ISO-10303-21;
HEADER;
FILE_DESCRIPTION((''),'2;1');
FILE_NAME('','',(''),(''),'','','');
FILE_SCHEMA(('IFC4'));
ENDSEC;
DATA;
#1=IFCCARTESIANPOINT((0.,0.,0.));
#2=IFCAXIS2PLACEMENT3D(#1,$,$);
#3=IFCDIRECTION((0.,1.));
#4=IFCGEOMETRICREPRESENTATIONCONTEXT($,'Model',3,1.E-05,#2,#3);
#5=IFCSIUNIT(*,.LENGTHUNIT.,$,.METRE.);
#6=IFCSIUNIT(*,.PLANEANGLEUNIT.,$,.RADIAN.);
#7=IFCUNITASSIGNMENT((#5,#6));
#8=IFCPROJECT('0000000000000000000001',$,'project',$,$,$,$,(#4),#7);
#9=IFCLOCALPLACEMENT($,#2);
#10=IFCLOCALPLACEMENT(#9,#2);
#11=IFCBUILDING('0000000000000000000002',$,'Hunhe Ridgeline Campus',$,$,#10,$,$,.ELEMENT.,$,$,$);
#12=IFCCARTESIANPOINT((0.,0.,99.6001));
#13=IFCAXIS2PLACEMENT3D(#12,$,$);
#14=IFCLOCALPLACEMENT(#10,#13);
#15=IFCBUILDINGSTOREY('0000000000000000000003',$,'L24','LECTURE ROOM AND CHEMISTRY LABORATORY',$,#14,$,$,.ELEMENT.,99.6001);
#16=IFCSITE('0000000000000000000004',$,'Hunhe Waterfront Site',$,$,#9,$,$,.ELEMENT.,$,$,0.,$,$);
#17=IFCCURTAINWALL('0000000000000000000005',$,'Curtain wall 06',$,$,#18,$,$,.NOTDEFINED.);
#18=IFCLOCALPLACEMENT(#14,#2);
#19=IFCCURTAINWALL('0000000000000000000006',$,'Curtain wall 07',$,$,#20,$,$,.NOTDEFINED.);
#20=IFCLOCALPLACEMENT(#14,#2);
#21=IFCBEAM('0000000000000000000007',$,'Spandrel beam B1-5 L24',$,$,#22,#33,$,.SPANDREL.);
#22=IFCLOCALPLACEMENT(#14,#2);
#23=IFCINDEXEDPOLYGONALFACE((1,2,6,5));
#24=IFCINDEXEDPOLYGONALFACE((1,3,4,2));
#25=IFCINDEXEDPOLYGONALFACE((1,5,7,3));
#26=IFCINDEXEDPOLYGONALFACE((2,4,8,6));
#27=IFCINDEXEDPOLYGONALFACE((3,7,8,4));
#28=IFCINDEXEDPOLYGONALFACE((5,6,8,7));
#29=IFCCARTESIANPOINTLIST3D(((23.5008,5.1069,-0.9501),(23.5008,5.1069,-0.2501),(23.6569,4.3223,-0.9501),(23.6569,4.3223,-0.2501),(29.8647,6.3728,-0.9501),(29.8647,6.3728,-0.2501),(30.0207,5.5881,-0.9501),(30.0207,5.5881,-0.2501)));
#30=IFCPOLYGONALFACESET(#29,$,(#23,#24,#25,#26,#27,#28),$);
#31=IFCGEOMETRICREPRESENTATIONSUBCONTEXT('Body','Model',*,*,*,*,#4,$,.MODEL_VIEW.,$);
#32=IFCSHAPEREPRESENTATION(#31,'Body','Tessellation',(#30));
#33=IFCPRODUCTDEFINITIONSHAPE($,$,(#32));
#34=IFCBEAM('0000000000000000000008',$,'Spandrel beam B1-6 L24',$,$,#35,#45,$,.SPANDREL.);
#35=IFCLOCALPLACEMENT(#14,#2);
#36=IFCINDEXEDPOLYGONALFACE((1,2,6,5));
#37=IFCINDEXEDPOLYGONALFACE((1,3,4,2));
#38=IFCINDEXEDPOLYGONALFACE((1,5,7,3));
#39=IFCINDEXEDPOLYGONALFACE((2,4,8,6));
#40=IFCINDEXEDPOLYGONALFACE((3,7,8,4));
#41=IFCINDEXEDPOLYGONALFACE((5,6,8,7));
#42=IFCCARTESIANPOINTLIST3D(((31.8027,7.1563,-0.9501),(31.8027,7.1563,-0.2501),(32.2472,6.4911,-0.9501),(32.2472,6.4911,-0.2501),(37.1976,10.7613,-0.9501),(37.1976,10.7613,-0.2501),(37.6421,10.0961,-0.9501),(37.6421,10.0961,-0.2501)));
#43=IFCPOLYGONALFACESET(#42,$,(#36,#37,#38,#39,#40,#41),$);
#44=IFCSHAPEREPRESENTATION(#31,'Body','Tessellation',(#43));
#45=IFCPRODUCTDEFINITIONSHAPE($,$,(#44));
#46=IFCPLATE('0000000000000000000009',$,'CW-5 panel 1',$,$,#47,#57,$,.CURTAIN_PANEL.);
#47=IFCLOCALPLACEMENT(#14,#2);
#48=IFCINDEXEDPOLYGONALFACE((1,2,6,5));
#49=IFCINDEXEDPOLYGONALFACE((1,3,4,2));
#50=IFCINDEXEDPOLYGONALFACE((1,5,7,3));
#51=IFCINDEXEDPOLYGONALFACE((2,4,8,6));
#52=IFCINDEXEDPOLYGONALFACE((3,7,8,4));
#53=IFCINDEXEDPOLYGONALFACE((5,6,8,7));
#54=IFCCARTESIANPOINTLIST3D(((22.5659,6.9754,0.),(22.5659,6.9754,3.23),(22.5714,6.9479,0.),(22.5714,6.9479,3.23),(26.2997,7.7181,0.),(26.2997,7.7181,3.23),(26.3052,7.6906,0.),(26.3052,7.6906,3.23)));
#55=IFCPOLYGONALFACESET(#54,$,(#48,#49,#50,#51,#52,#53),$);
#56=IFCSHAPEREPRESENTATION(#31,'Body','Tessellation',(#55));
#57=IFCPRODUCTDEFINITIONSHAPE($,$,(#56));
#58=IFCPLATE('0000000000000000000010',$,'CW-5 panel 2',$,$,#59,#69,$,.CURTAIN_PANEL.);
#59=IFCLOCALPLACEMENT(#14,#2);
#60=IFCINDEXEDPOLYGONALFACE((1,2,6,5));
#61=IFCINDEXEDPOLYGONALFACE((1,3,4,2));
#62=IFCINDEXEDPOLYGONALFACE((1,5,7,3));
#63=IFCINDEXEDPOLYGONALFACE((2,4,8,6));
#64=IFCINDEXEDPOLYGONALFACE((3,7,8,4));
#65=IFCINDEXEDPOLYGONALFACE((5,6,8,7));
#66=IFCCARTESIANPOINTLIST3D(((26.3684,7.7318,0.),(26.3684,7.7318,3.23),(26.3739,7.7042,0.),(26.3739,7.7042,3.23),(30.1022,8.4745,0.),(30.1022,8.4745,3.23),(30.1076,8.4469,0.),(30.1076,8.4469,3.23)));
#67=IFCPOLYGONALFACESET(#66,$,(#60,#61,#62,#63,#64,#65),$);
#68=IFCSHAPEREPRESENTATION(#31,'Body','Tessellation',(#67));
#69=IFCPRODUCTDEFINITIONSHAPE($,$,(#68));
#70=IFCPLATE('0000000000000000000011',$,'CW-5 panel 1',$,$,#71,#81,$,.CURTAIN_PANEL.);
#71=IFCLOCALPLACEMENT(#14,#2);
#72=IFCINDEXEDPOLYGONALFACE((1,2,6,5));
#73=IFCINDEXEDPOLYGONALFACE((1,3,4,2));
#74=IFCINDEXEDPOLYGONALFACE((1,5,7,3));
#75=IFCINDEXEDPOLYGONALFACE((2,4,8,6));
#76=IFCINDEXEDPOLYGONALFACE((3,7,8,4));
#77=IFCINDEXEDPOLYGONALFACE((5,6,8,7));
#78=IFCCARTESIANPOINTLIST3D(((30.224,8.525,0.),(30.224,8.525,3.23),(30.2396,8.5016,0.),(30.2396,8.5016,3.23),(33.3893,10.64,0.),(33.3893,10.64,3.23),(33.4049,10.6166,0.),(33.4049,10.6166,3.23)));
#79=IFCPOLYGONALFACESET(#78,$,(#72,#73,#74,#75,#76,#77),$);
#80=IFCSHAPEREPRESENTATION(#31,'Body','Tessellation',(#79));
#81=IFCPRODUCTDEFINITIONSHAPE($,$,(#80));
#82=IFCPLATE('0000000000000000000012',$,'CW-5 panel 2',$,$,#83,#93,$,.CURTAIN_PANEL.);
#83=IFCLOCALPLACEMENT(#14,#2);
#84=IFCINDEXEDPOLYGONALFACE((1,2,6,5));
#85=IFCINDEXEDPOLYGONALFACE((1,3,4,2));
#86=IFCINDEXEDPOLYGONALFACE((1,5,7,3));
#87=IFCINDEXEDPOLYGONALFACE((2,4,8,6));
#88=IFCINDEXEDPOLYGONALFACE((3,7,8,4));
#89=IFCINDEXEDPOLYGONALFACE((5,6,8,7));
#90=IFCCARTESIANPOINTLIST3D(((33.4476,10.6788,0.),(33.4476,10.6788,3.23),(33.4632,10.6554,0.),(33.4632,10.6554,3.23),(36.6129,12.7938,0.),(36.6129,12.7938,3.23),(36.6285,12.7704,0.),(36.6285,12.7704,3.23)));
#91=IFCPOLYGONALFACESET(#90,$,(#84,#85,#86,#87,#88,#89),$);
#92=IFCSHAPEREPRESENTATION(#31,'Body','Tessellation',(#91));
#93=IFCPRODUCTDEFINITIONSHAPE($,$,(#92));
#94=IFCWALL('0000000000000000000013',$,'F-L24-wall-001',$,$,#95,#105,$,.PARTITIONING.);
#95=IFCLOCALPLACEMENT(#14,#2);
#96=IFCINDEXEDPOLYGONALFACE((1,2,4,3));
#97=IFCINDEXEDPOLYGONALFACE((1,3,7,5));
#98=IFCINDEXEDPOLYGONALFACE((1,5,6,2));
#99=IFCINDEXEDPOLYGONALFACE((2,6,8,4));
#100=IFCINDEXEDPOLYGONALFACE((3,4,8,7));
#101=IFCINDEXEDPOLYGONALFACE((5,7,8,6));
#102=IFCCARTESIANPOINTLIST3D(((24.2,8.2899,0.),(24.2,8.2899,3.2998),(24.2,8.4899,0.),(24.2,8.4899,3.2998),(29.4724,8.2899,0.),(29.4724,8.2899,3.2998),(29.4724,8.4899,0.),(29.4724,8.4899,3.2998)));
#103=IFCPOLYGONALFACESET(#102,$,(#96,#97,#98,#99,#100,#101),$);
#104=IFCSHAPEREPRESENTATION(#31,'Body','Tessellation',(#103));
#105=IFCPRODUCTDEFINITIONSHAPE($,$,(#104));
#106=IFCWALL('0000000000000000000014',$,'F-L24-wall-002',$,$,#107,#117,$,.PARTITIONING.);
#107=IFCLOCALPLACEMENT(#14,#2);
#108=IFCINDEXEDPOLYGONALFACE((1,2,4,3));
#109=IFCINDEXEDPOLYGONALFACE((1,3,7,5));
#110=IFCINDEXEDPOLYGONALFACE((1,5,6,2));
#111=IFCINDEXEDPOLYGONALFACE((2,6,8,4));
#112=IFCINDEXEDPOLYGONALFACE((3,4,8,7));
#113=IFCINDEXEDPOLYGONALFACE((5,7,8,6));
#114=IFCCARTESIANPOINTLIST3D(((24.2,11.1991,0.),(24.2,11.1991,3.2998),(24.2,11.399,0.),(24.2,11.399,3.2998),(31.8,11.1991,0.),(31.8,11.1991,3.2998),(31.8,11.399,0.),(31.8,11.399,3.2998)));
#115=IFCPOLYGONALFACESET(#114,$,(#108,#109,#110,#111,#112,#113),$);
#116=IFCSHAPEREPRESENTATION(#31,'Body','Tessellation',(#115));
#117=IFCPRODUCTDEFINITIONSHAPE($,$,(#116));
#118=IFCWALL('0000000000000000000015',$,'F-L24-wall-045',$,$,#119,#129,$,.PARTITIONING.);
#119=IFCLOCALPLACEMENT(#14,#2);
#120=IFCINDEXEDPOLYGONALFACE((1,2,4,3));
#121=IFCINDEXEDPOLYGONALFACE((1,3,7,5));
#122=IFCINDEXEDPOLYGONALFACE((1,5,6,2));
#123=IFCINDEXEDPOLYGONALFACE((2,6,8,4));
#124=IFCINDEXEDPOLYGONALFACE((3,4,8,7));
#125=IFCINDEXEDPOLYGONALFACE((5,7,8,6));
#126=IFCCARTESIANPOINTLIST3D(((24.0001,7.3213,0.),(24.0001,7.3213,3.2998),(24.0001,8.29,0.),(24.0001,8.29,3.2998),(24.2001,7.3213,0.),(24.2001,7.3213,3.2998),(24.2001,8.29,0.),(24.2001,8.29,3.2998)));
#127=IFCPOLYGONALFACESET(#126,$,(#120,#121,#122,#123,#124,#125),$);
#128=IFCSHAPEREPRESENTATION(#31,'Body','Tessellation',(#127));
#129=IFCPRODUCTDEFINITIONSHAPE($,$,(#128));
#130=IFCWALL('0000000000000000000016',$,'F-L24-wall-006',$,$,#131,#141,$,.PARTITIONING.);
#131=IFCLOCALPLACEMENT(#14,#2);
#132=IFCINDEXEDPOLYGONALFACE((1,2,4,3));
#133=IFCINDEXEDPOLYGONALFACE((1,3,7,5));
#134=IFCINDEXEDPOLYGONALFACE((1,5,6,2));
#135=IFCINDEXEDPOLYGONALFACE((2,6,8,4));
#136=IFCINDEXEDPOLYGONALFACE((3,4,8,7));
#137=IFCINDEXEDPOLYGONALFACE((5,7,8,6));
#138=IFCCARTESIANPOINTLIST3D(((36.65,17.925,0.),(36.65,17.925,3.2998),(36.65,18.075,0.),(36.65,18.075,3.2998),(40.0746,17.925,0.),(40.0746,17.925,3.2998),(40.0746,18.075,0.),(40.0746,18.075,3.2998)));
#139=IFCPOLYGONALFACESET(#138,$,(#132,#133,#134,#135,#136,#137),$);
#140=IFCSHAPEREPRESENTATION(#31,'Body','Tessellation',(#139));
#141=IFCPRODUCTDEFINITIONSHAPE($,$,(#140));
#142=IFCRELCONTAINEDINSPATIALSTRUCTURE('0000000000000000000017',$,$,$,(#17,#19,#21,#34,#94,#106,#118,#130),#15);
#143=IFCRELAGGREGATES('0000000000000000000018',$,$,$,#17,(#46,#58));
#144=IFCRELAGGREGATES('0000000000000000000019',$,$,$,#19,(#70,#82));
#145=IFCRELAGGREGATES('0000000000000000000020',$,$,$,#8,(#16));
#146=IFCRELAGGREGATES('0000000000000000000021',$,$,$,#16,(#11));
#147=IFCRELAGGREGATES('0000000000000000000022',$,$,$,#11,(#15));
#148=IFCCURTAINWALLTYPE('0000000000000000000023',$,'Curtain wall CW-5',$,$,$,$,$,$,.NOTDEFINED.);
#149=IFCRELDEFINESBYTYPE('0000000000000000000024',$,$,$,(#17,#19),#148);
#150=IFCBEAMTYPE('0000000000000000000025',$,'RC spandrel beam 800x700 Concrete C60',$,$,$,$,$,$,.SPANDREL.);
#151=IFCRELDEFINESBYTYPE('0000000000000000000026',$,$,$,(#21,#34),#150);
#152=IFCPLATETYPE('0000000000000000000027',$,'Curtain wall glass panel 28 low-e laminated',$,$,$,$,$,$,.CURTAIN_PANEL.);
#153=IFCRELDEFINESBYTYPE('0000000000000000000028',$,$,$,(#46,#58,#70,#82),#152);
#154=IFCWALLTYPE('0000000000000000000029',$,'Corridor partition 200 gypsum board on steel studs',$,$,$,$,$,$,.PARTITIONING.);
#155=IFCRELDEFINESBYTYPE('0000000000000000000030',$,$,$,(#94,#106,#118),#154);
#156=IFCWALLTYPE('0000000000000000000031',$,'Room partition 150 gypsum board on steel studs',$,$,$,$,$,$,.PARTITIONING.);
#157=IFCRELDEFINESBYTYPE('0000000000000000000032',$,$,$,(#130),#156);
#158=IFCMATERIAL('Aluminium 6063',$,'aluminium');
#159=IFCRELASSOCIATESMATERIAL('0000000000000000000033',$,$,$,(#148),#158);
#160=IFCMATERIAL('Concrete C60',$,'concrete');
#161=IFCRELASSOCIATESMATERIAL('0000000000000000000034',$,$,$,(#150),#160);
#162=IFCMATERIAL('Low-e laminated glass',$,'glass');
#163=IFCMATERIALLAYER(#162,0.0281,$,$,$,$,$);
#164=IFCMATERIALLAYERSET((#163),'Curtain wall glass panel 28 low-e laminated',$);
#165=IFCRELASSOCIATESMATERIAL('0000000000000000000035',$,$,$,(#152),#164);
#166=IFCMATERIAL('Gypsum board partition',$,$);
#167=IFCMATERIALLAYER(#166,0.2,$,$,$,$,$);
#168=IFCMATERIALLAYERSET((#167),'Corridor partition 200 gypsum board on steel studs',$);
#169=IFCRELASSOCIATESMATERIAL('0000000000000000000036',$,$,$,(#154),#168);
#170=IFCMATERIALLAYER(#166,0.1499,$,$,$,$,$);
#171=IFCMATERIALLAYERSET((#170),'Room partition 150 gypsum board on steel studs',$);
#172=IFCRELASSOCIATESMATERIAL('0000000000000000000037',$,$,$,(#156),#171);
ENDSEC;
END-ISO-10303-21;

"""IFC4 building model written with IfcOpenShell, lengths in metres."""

from ifc_helpers import new_model, si_unit, direction, frame, frame_2d, origin, origin_2d, place, context, subcontext, project, spatial, rectangle, extrude, material, layer, layer_set, material_profile, profile_set, type_object, element, aggregate, save


model = new_model("IFC4")

# Units and contexts
model_context = context("Model", 3, precision=1e-05, world=origin(), true_north=direction((0.0, 1.0)))
body_context = subcontext(model_context, "Body", "Model", "MODEL_VIEW")
ifc_project = project(units=[si_unit("LENGTHUNIT", "METRE"), si_unit("PLANEANGLEUNIT", "RADIAN")], contexts=[model_context])

# Site, building, storey
site_placement = place(None, origin())
site = spatial("IfcSite", under=ifc_project, at=site_placement, Name="Hunhe Waterfront Site", CompositionType="ELEMENT", RefElevation=0.0)
building_placement = place(site_placement, origin())
building = spatial("IfcBuilding", under=site, at=building_placement, Name="Hunhe Ridgeline Campus", CompositionType="ELEMENT")
storey_placement = place(building_placement, frame((0.0, 0.0, 99.6001)))
storey = spatial("IfcBuildingStorey", under=building, at=storey_placement, Name="L24", Description="LECTURE ROOM AND CHEMISTRY LABORATORY", CompositionType="ELEMENT", Elevation=99.6001)

# Shared definitions
ifc_material_1 = material(Name="Aluminium 6063", Category="aluminium")
curtain_wall_type = type_object("IfcCurtainWallType", Name="Curtain wall CW-5", PredefinedType="NOTDEFINED", material=ifc_material_1)

# Curtain walls
curtain_wall_1_placement = place(storey_placement, origin())
curtain_wall_1 = element("IfcCurtainWall", 1, at=curtain_wall_1_placement, inside=storey, type_object=curtain_wall_type, Name="Curtain wall 06", PredefinedType="NOTDEFINED")
curtain_wall_2_placement = place(storey_placement, origin())
curtain_wall_2 = element("IfcCurtainWall", 2, at=curtain_wall_2_placement, inside=storey, type_object=curtain_wall_type, Name="Curtain wall 07", PredefinedType="NOTDEFINED")

# Beams
ifc_material_2 = material(Name="Concrete C60", Category="concrete")
ifc_material_profile_1 = material_profile(ifc_material_2, rectangle(XDim=0.8, YDim=0.7, at=origin_2d()))
ifc_profile_set_1 = profile_set([ifc_material_profile_1], Name="Concrete C60")
beam_type = type_object("IfcBeamType", Name="RC spandrel beam 800x700 Concrete C60", PredefinedType="SPANDREL", material=ifc_profile_set_1)
for number, where, z_axis, x_axis, name in (
    (3, (23.5789, 4.7146, -0.6001), (0.980784, 0.195096, 0.0), (-0.195096, 0.980784, 0.0), "Spandrel beam B1-5 L24"),
    (4, (32.0249, 6.8237, -0.6001), (0.831459, 0.555586, 0.0), (-0.555586, 0.831459, 0.0), "Spandrel beam B1-6 L24"),
):
    element("IfcBeam", number, at=place(storey_placement, frame(where, z_axis=z_axis, x_axis=x_axis)), inside=storey, type_object=beam_type, Name=name, PredefinedType="SPANDREL", context=body_context, shape_type="SweptSolid", body=[
        extrude(rectangle(XDim=0.8, YDim=0.7, at=origin_2d()), origin(), (0.0, 0.0, 1.0), 6.4885),
    ])

# Plates
ifc_material_3 = material(Name="Low-e laminated glass", Category="glass")
ifc_layer_1 = layer(ifc_material_3, 0.0281)
ifc_layer_set_1 = layer_set([ifc_layer_1], Name="Curtain wall glass panel 28 low-e laminated")
plate_type = type_object("IfcPlateType", Name="Curtain wall glass panel 28 low-e laminated", PredefinedType="CURTAIN_PANEL", material=ifc_layer_set_1)
plate_1_placement = place(storey_placement, frame((24.4355, 7.333, 0.0), z_axis=(0.0, 0.0, 1.0), x_axis=(0.980785, 0.19509, 0.0)))
plate_1 = element("IfcPlate", 5, at=plate_1_placement, type_object=plate_type, Name="CW-5 panel 1", PredefinedType="CURTAIN_PANEL", context=body_context, shape_type="SweptSolid", body=[
    extrude(rectangle(XDim=3.8069, YDim=0.0281, at=origin_2d()), origin(), (0.0, 0.0, 1.0), 3.23),
])
plate_2_placement = place(storey_placement, frame((28.238, 8.0894, 0.0), z_axis=(0.0, 0.0, 1.0), x_axis=(0.980785, 0.19509, 0.0)))
plate_2 = element("IfcPlate", 6, at=plate_2_placement, type_object=plate_type, Name="CW-5 panel 2", PredefinedType="CURTAIN_PANEL", context=body_context, shape_type="SweptSolid", body=[
    extrude(rectangle(XDim=3.8069, YDim=0.0281, at=origin_2d()), origin(), (0.0, 0.0, 1.0), 3.23),
])
aggregate(curtain_wall_1, [plate_1, plate_2])
plate_3_placement = place(storey_placement, frame((31.8145, 9.5708, 0.0), z_axis=(0.0, 0.0, 1.0), x_axis=(0.83147, 0.55557, 0.0)))
plate_3 = element("IfcPlate", 7, at=plate_3_placement, type_object=plate_type, Name="CW-5 panel 1", PredefinedType="CURTAIN_PANEL", context=body_context, shape_type="SweptSolid", body=[
    extrude(rectangle(XDim=3.8069, YDim=0.0281, at=origin_2d()), origin(), (0.0, 0.0, 1.0), 3.23),
])
plate_4_placement = place(storey_placement, frame((35.0381, 11.7246, 0.0), z_axis=(0.0, 0.0, 1.0), x_axis=(0.83147, 0.55557, 0.0)))
plate_4 = element("IfcPlate", 8, at=plate_4_placement, type_object=plate_type, Name="CW-5 panel 2", PredefinedType="CURTAIN_PANEL", context=body_context, shape_type="SweptSolid", body=[
    extrude(rectangle(XDim=3.8069, YDim=0.0281, at=origin_2d()), origin(), (0.0, 0.0, 1.0), 3.23),
])
aggregate(curtain_wall_2, [plate_3, plate_4])

# Walls
ifc_material_4 = material(Name="Gypsum board partition")
ifc_layer_2 = layer(ifc_material_4, 0.2)
ifc_layer_set_2 = layer_set([ifc_layer_2], Name="Corridor partition 200 gypsum board on steel studs")
wall_type_1 = type_object("IfcWallType", Name="Corridor partition 200 gypsum board on steel studs", PredefinedType="PARTITIONING", material=ifc_layer_set_2)
wall_1_placement = place(storey_placement, frame((29.4724, 8.3899, 0.0), z_axis=(0.0, 0.0, 1.0), x_axis=(-1.0, 0.0, 0.0)))
element("IfcWall", 9, at=wall_1_placement, inside=storey, type_object=wall_type_1, Name="F-L24-wall-001", PredefinedType="PARTITIONING", context=body_context, shape_type="SweptSolid", body=[
    extrude(rectangle(XDim=5.2725, YDim=0.2, at=frame_2d((2.6362, 0.0))), origin(), (0.0, 0.0, 1.0), 3.2998),
])
wall_2_placement = place(storey_placement, frame((24.2, 11.2991, 0.0), z_axis=(0.0, 0.0, 1.0), x_axis=(1.0, 0.0, 0.0)))
element("IfcWall", 10, at=wall_2_placement, inside=storey, type_object=wall_type_1, Name="F-L24-wall-002", PredefinedType="PARTITIONING", context=body_context, shape_type="SweptSolid", body=[
    extrude(rectangle(XDim=7.6001, YDim=0.2, at=frame_2d((3.8, 0.0))), origin(), (0.0, 0.0, 1.0), 3.2998),
])
wall_3_placement = place(storey_placement, frame((24.1001, 8.29, 0.0), z_axis=(0.0, 0.0, 1.0), x_axis=(0.0, -1.0, 0.0)))
element("IfcWall", 11, at=wall_3_placement, inside=storey, type_object=wall_type_1, Name="F-L24-wall-045", PredefinedType="PARTITIONING", context=body_context, shape_type="SweptSolid", body=[
    extrude(rectangle(XDim=0.9688, YDim=0.2, at=frame_2d((0.4844, 0.0))), origin(), (0.0, 0.0, 1.0), 3.2998),
])

# Wall
ifc_layer_3 = layer(ifc_material_4, 0.1499)
ifc_layer_set_3 = layer_set([ifc_layer_3], Name="Room partition 150 gypsum board on steel studs")
wall_type_2 = type_object("IfcWallType", Name="Room partition 150 gypsum board on steel studs", PredefinedType="PARTITIONING", material=ifc_layer_set_3)
wall_4_placement = place(storey_placement, frame((36.6499, 18.0, 0.0), z_axis=(0.0, 0.0, 1.0), x_axis=(1.0, 0.0, 0.0)))
element("IfcWall", 12, at=wall_4_placement, inside=storey, type_object=wall_type_2, Name="F-L24-wall-006", PredefinedType="PARTITIONING", context=body_context, shape_type="SweptSolid", body=[
    extrude(rectangle(XDim=3.4246, YDim=0.1499, at=frame_2d((1.7124, 0.0))), origin(), (0.0, 0.0, 1.0), 3.2998),
])

save(model, "model.ifc")
